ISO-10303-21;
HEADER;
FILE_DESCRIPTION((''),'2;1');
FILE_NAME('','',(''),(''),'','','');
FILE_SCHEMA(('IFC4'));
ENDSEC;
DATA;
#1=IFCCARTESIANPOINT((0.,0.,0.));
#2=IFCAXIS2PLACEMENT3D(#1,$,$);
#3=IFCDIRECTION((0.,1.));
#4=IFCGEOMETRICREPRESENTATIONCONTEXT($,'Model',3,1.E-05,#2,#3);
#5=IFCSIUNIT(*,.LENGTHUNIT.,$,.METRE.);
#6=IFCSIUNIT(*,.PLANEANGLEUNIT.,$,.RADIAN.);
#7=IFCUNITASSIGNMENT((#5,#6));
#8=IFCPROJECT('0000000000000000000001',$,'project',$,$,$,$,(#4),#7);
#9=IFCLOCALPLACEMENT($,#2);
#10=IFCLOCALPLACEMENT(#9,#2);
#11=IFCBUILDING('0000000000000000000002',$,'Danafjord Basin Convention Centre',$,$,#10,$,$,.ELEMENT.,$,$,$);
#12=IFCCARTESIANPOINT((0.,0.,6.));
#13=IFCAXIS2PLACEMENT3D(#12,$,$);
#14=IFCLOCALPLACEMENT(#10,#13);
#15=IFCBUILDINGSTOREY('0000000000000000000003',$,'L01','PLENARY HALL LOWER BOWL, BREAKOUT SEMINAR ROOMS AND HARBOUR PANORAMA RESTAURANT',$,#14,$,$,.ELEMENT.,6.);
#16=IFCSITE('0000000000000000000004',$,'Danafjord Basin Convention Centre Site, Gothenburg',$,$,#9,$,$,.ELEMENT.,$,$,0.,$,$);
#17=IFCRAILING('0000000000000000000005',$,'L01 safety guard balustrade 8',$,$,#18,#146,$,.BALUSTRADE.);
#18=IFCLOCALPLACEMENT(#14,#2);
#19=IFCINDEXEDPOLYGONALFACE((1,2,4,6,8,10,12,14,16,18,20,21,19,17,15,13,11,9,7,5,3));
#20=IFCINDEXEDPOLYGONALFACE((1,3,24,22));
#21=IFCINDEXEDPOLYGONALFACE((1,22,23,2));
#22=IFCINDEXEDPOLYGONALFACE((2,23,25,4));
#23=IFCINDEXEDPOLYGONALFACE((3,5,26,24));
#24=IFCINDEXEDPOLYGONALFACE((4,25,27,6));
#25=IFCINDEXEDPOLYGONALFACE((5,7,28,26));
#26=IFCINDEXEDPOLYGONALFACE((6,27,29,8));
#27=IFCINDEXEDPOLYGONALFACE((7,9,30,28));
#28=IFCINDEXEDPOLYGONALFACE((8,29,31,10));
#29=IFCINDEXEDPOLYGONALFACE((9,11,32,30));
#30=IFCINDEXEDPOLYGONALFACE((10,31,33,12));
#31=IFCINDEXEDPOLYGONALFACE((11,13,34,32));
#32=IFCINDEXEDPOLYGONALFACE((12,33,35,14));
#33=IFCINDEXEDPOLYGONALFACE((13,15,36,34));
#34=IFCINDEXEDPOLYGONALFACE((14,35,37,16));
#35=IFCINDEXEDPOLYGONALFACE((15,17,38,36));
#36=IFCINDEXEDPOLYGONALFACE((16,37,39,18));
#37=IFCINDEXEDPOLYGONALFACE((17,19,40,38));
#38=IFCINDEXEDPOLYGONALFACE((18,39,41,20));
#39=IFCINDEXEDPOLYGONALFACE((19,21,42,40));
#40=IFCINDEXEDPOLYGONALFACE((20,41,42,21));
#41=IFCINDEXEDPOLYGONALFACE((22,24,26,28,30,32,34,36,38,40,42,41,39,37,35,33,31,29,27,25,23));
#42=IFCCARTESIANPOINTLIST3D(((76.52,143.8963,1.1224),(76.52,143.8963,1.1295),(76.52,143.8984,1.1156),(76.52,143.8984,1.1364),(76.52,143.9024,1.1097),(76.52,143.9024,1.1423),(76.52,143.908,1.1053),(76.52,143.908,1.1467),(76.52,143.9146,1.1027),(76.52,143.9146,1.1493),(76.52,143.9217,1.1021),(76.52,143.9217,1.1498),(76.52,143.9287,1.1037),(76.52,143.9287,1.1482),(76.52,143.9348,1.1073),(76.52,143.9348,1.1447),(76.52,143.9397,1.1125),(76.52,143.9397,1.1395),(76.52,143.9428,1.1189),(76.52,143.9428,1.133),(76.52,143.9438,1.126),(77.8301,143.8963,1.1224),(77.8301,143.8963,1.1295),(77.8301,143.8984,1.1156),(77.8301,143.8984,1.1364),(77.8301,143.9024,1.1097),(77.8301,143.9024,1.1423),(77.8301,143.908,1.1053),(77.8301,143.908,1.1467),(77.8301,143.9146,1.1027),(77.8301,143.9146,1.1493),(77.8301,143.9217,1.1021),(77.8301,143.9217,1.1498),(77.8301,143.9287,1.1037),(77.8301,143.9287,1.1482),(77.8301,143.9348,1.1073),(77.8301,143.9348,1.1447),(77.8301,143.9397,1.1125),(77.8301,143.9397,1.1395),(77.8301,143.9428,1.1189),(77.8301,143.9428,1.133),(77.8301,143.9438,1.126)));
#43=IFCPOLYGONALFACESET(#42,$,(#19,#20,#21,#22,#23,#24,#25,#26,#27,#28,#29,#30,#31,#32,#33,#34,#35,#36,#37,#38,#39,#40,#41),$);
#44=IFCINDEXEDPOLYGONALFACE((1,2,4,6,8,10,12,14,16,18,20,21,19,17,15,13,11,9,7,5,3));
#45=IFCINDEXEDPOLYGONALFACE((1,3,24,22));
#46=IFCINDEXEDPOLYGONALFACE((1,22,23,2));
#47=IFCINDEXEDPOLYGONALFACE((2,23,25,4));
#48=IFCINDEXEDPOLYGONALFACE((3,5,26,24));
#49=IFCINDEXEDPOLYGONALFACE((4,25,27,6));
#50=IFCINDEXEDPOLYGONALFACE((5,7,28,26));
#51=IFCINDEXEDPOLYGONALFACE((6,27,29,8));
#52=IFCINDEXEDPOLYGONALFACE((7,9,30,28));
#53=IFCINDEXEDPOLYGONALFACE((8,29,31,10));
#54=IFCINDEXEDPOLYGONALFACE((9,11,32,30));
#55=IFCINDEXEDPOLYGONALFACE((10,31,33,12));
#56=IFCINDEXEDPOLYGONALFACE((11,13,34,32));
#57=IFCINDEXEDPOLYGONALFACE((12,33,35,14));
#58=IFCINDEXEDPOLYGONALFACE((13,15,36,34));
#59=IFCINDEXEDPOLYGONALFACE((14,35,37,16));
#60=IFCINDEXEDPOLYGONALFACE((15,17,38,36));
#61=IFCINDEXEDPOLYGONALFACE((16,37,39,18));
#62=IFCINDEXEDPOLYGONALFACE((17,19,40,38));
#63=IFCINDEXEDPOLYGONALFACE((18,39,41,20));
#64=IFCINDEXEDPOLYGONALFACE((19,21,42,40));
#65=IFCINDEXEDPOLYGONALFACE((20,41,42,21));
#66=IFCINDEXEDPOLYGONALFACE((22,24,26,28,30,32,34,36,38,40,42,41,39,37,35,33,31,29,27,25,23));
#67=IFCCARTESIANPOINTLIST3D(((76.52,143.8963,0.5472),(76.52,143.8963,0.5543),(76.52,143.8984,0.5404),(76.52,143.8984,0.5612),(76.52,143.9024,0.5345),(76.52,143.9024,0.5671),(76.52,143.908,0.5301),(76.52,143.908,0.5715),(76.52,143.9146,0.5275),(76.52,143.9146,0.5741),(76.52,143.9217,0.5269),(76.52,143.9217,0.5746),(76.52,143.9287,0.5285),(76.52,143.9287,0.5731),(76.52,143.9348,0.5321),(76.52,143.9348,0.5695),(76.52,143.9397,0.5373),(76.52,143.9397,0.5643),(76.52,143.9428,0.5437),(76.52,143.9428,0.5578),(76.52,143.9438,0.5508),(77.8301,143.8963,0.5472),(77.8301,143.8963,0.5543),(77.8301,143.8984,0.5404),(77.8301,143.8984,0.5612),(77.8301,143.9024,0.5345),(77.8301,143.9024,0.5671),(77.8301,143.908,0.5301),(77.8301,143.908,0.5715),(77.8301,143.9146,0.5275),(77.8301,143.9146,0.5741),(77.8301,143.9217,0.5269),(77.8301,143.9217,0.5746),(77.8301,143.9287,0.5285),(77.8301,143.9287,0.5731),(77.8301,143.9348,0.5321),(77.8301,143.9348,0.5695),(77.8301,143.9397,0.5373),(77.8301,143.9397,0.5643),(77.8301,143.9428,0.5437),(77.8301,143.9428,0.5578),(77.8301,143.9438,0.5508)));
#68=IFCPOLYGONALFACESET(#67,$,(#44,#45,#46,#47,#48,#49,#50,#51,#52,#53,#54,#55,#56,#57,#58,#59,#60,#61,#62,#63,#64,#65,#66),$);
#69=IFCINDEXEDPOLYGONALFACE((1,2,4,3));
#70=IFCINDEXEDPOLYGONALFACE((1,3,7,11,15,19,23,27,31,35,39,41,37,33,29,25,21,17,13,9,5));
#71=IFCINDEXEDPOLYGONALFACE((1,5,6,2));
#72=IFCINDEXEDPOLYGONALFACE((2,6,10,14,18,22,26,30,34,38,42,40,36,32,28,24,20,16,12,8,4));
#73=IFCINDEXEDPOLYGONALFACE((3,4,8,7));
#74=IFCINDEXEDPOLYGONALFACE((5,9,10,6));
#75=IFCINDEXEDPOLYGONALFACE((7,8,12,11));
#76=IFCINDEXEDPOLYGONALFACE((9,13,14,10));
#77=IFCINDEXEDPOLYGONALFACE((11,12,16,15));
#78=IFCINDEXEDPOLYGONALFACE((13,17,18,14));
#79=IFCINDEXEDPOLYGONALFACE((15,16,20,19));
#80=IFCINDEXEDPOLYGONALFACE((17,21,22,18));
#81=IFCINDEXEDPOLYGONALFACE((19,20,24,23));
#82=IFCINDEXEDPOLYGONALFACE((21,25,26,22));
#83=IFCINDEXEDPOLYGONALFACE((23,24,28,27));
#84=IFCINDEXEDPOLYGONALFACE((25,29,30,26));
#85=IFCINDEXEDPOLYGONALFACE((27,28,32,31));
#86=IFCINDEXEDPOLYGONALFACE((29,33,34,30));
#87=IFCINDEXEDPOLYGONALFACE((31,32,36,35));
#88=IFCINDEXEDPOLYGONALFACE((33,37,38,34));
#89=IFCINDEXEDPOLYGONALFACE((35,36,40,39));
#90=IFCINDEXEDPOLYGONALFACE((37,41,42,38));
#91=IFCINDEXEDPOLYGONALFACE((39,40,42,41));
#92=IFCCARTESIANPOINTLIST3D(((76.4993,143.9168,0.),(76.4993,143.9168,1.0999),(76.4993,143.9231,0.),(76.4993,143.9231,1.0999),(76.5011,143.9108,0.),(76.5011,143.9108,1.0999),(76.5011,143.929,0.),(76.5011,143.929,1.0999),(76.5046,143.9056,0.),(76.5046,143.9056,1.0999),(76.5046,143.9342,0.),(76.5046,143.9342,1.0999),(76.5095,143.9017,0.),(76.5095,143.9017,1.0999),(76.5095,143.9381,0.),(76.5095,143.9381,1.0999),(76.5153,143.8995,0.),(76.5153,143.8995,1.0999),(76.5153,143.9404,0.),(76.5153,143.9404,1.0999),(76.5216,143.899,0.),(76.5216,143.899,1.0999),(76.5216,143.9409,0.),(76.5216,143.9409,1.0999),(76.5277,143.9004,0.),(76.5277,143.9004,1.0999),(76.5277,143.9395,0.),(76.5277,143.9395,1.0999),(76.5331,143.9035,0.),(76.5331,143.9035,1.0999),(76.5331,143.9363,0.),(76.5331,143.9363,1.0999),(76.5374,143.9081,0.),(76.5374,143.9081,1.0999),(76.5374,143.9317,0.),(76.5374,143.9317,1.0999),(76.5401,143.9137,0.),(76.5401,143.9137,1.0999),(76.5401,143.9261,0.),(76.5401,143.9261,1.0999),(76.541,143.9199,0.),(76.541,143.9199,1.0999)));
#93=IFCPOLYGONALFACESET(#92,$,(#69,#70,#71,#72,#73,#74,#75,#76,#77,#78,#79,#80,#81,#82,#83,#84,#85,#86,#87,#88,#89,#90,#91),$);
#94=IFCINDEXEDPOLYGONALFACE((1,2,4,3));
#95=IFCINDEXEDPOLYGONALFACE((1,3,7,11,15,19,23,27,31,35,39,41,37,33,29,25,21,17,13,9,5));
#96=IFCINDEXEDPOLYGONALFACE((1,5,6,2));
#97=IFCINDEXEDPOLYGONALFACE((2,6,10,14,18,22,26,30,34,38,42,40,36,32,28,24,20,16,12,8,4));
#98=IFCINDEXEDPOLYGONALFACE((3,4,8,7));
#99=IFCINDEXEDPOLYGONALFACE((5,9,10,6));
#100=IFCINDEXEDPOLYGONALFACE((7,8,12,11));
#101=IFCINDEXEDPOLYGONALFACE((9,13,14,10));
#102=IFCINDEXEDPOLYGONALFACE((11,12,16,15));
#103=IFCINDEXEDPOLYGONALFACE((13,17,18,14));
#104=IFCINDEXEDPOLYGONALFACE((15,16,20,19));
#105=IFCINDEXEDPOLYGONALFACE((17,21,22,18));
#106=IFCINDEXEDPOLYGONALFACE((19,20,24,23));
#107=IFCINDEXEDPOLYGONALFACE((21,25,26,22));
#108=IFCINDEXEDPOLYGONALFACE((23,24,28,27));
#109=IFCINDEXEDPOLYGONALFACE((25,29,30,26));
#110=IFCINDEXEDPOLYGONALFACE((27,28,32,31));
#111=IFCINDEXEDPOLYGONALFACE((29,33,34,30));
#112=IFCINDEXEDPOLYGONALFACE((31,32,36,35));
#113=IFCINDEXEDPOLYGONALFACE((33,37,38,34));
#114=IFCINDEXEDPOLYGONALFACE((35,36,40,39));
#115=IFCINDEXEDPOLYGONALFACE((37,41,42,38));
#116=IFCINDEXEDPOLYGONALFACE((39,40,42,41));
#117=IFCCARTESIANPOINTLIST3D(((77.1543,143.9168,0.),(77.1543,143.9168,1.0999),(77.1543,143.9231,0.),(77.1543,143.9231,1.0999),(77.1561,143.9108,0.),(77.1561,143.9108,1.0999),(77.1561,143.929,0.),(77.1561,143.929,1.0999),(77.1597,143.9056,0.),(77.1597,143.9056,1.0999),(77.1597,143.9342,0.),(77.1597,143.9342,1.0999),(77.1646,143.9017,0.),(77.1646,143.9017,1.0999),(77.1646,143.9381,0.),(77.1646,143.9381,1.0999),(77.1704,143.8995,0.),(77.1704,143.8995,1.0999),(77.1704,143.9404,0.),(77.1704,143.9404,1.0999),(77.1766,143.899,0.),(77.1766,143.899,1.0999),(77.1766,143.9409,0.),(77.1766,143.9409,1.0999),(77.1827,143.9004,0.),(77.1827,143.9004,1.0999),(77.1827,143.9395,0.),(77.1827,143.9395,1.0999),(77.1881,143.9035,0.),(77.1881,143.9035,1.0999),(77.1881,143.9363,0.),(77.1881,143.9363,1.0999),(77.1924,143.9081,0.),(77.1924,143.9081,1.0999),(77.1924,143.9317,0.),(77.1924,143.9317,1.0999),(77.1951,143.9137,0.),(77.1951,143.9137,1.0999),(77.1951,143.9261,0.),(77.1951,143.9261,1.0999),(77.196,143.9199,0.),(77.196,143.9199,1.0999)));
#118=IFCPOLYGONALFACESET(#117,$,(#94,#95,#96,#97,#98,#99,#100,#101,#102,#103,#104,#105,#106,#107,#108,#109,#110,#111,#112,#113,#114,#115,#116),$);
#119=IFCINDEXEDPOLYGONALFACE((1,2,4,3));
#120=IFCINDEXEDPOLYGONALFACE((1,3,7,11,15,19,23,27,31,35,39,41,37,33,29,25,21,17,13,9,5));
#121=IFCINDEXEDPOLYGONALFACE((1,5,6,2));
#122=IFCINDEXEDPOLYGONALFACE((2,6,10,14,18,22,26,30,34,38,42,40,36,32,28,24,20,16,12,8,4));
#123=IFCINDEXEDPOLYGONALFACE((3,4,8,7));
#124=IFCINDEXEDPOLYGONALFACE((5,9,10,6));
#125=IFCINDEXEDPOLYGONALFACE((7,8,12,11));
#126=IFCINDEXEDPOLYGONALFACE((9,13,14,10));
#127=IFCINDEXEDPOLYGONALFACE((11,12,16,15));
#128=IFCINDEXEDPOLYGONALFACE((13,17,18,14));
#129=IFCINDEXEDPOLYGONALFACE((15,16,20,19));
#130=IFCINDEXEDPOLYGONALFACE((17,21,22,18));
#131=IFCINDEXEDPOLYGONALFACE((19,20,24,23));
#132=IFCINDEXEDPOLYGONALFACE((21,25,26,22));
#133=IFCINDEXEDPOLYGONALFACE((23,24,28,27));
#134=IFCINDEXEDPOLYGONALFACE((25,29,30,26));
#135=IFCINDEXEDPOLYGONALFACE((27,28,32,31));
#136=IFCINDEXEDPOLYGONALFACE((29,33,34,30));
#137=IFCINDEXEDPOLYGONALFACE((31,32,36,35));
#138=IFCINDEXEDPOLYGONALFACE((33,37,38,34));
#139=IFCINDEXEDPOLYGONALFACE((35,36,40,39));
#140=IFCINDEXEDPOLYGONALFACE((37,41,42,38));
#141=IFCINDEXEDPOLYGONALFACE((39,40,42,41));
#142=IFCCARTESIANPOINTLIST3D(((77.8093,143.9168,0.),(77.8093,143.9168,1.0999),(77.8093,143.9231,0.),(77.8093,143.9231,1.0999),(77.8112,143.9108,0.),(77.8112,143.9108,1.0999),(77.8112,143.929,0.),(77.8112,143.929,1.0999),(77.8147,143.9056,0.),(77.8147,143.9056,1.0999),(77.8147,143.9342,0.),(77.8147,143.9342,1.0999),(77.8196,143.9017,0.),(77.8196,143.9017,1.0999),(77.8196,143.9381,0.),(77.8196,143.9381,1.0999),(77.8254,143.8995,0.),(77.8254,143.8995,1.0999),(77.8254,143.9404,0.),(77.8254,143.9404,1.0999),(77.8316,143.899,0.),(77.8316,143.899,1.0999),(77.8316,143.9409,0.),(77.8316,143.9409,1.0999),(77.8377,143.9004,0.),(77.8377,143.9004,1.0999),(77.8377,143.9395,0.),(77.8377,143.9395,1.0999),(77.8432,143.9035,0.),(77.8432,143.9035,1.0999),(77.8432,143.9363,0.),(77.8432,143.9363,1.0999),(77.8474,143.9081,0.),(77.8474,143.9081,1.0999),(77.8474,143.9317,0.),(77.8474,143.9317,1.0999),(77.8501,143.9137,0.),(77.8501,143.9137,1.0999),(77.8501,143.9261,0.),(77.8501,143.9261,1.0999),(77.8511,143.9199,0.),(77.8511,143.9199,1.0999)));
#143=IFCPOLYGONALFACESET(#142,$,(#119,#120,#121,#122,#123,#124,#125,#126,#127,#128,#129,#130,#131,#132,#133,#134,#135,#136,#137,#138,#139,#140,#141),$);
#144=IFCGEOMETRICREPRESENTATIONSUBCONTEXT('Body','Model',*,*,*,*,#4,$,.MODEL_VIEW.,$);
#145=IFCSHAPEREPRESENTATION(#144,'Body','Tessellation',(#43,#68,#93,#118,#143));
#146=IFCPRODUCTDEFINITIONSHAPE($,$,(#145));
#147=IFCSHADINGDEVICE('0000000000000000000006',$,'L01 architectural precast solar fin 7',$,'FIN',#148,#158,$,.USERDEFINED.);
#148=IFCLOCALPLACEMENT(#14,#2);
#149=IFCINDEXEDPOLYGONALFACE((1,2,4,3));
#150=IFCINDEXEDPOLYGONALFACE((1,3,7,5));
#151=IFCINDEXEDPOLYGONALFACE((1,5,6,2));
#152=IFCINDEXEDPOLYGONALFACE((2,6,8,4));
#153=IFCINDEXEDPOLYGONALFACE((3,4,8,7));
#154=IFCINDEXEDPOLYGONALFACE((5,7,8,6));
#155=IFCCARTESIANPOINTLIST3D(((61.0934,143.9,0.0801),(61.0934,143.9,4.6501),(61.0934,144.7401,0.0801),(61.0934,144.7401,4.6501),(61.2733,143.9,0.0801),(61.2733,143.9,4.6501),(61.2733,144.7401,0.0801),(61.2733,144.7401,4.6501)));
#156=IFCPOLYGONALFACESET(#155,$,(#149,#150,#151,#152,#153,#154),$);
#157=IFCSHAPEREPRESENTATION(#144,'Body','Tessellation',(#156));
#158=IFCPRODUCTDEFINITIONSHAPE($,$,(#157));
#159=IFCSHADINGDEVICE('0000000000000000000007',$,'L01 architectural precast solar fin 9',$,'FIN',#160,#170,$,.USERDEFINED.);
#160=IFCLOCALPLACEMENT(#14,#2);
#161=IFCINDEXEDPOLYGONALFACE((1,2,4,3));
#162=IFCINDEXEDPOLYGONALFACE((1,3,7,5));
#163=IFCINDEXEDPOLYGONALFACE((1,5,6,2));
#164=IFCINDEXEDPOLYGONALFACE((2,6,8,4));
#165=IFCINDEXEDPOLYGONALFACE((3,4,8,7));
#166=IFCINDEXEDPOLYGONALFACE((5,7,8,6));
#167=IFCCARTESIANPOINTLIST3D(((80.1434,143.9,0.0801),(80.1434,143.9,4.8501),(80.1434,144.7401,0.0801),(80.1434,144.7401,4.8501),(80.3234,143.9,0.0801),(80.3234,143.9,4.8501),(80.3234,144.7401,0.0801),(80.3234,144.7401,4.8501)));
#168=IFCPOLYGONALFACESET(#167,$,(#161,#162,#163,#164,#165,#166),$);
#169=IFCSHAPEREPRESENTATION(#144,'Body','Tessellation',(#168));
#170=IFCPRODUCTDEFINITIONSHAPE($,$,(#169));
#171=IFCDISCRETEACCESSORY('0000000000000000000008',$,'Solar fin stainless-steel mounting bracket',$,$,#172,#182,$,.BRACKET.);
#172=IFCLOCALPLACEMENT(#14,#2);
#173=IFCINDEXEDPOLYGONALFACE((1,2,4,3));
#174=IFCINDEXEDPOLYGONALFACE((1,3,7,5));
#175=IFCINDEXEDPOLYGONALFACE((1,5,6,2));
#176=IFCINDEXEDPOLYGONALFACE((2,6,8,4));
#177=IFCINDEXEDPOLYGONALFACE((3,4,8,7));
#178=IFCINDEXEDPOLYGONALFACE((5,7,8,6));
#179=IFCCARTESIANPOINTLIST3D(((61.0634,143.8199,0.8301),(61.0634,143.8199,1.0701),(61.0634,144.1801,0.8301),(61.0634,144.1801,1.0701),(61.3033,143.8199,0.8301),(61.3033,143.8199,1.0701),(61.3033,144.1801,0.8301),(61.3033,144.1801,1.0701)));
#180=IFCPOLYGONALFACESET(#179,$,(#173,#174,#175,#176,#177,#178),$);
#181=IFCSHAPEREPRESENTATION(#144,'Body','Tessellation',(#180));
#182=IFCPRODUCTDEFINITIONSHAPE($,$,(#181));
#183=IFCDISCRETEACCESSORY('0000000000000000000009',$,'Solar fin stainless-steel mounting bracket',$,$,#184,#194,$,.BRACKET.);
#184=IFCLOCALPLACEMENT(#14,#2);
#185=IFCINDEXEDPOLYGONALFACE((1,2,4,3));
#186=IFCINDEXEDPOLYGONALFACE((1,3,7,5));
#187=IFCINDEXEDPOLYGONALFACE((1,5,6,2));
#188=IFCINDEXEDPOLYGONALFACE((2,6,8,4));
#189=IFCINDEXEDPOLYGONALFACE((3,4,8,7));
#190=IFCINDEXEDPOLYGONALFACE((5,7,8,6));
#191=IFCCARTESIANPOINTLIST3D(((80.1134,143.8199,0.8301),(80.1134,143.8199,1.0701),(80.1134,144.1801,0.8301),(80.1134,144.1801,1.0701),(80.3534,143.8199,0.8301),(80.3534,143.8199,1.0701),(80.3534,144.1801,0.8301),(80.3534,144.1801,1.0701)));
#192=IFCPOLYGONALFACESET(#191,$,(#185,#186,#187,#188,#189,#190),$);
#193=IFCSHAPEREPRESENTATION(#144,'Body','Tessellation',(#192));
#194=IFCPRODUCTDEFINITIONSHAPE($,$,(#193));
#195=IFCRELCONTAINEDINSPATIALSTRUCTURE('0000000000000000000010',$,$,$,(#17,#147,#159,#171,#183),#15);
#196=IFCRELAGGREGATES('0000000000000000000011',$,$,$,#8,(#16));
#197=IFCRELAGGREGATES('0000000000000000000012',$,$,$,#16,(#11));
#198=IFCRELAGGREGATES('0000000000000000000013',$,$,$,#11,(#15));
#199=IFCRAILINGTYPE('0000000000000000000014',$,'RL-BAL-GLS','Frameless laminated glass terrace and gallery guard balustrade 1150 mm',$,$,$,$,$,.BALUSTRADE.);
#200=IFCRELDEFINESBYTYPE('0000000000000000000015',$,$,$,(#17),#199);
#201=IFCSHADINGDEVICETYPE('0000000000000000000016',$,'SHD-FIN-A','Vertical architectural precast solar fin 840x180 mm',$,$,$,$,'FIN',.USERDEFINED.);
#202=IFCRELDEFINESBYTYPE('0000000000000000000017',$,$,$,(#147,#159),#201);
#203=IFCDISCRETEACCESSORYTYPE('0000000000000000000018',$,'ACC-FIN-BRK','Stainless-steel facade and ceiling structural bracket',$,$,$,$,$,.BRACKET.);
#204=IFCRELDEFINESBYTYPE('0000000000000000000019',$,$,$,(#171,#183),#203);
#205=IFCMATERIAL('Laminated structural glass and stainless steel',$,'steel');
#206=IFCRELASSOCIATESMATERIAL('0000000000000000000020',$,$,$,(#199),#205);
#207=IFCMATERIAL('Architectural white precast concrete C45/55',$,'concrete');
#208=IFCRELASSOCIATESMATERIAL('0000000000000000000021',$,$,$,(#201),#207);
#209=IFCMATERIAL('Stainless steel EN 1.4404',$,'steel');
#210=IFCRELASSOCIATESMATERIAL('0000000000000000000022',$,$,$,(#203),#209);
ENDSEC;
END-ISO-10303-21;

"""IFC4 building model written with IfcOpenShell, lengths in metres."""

from ifc_helpers import new_model, si_unit, direction, frame, origin, origin_2d, place, context, subcontext, project, spatial, rectangle, circle, extrude, material, type_object, element, save


model = new_model("IFC4")

# Units and contexts
model_context = context("Model", 3, precision=1e-05, world=origin(), true_north=direction((0.0, 1.0)))
body_context = subcontext(model_context, "Body", "Model", "MODEL_VIEW")
ifc_project = project(units=[si_unit("LENGTHUNIT", "METRE"), si_unit("PLANEANGLEUNIT", "RADIAN")], contexts=[model_context])

# Site, building, storey
site_placement = place(None, origin())
site = spatial("IfcSite", under=ifc_project, at=site_placement, Name="Danafjord Basin Convention Centre Site, Gothenburg", CompositionType="ELEMENT", RefElevation=0.0)
building_placement = place(site_placement, origin())
building = spatial("IfcBuilding", under=site, at=building_placement, Name="Danafjord Basin Convention Centre", CompositionType="ELEMENT")
storey_placement = place(building_placement, frame((0.0, 0.0, 6.0)))
storey = spatial("IfcBuildingStorey", under=building, at=storey_placement, Name="L01", Description="PLENARY HALL LOWER BOWL, BREAKOUT SEMINAR ROOMS AND HARBOUR PANORAMA RESTAURANT", CompositionType="ELEMENT", Elevation=6.0)

# Railing
ifc_material_1 = material(Name="Laminated structural glass and stainless steel", Category="steel")
railing_type = type_object("IfcRailingType", Name="RL-BAL-GLS", Description="Frameless laminated glass terrace and gallery guard balustrade 1150 mm", PredefinedType="BALUSTRADE", material=ifc_material_1)
railing_1_placement = place(storey_placement, frame((76.52, 143.9199, 0.0)))
element("IfcRailing", 1, at=railing_1_placement, inside=storey, type_object=railing_type, Name="L01 safety guard balustrade 8", PredefinedType="BALUSTRADE", context=body_context, shape_type="SweptSolid", body=[
    extrude(circle(Radius=0.0239, at=origin_2d()), frame((0.0, 0.0, 1.126), z_axis=(1.0, 0.0, 0.0), x_axis=(0.0, 1.0, 0.0)), (0.0, 0.0, 1.0), 1.3101),
    extrude(circle(Radius=0.0239, at=origin_2d()), frame((0.0, 0.0, 0.5508), z_axis=(1.0, 0.0, 0.0), x_axis=(0.0, 1.0, 0.0)), (0.0, 0.0, 1.0), 1.3101),
    extrude(circle(Radius=0.021, at=origin_2d()), origin(), (0.0, 0.0, 1.0), 1.0999),
    extrude(circle(Radius=0.021, at=origin_2d()), frame((0.655, 0.0, 0.0)), (0.0, 0.0, 1.0), 1.0999),
    extrude(circle(Radius=0.021, at=origin_2d()), frame((1.3101, 0.0, 0.0)), (0.0, 0.0, 1.0), 1.0999),
])

# Shading devices
ifc_material_2 = material(Name="Architectural white precast concrete C45/55", Category="concrete")
shading_device_type = type_object("IfcShadingDeviceType", Name="SHD-FIN-A", Description="Vertical architectural precast solar fin 840x180 mm", ElementType="FIN", PredefinedType="USERDEFINED", material=ifc_material_2)
shading_device_1_placement = place(storey_placement, frame((61.1833, 144.3201, 0.0801), z_axis=(0.0, 0.0, 1.0), x_axis=(1.0, 0.0, 0.0)))
element("IfcShadingDevice", 2, at=shading_device_1_placement, inside=storey, type_object=shading_device_type, Name="L01 architectural precast solar fin 7", ObjectType="FIN", PredefinedType="USERDEFINED", context=body_context, shape_type="SweptSolid", body=[
    extrude(rectangle(XDim=0.1799, YDim=0.8401, at=origin_2d()), origin(), (0.0, 0.0, 1.0), 4.5701),
])
shading_device_2_placement = place(storey_placement, frame((80.2334, 144.3201, 0.0801), z_axis=(0.0, 0.0, 1.0), x_axis=(1.0, 0.0, 0.0)))
element("IfcShadingDevice", 3, at=shading_device_2_placement, inside=storey, type_object=shading_device_type, Name="L01 architectural precast solar fin 9", ObjectType="FIN", PredefinedType="USERDEFINED", context=body_context, shape_type="SweptSolid", body=[
    extrude(rectangle(XDim=0.1799, YDim=0.8401, at=origin_2d()), origin(), (0.0, 0.0, 1.0), 4.77),
])

# Discrete accessories
ifc_material_3 = material(Name="Stainless steel EN 1.4404", Category="steel")
discrete_accessory_type = type_object("IfcDiscreteAccessoryType", Name="ACC-FIN-BRK", Description="Stainless-steel facade and ceiling structural bracket", PredefinedType="BRACKET", material=ifc_material_3)
for number, where, z_axis, x_axis, name in (
    (4, (61.1833, 144.0, 0.8301), (0.0, 0.0, 1.0), (1.0, 0.0, 0.0), "Solar fin stainless-steel mounting bracket"),
    (5, (80.2334, 144.0, 0.8301), (0.0, 0.0, 1.0), (1.0, 0.0, 0.0), "Solar fin stainless-steel mounting bracket"),
):
    element("IfcDiscreteAccessory", number, at=place(storey_placement, frame(where, z_axis=z_axis, x_axis=x_axis)), inside=storey, type_object=discrete_accessory_type, Name=name, PredefinedType="BRACKET", context=body_context, shape_type="SweptSolid", body=[
        extrude(rectangle(XDim=0.24, YDim=0.3601, at=origin_2d()), origin(), (0.0, 0.0, 1.0), 0.24),
    ])

save(model, "model.ifc")
